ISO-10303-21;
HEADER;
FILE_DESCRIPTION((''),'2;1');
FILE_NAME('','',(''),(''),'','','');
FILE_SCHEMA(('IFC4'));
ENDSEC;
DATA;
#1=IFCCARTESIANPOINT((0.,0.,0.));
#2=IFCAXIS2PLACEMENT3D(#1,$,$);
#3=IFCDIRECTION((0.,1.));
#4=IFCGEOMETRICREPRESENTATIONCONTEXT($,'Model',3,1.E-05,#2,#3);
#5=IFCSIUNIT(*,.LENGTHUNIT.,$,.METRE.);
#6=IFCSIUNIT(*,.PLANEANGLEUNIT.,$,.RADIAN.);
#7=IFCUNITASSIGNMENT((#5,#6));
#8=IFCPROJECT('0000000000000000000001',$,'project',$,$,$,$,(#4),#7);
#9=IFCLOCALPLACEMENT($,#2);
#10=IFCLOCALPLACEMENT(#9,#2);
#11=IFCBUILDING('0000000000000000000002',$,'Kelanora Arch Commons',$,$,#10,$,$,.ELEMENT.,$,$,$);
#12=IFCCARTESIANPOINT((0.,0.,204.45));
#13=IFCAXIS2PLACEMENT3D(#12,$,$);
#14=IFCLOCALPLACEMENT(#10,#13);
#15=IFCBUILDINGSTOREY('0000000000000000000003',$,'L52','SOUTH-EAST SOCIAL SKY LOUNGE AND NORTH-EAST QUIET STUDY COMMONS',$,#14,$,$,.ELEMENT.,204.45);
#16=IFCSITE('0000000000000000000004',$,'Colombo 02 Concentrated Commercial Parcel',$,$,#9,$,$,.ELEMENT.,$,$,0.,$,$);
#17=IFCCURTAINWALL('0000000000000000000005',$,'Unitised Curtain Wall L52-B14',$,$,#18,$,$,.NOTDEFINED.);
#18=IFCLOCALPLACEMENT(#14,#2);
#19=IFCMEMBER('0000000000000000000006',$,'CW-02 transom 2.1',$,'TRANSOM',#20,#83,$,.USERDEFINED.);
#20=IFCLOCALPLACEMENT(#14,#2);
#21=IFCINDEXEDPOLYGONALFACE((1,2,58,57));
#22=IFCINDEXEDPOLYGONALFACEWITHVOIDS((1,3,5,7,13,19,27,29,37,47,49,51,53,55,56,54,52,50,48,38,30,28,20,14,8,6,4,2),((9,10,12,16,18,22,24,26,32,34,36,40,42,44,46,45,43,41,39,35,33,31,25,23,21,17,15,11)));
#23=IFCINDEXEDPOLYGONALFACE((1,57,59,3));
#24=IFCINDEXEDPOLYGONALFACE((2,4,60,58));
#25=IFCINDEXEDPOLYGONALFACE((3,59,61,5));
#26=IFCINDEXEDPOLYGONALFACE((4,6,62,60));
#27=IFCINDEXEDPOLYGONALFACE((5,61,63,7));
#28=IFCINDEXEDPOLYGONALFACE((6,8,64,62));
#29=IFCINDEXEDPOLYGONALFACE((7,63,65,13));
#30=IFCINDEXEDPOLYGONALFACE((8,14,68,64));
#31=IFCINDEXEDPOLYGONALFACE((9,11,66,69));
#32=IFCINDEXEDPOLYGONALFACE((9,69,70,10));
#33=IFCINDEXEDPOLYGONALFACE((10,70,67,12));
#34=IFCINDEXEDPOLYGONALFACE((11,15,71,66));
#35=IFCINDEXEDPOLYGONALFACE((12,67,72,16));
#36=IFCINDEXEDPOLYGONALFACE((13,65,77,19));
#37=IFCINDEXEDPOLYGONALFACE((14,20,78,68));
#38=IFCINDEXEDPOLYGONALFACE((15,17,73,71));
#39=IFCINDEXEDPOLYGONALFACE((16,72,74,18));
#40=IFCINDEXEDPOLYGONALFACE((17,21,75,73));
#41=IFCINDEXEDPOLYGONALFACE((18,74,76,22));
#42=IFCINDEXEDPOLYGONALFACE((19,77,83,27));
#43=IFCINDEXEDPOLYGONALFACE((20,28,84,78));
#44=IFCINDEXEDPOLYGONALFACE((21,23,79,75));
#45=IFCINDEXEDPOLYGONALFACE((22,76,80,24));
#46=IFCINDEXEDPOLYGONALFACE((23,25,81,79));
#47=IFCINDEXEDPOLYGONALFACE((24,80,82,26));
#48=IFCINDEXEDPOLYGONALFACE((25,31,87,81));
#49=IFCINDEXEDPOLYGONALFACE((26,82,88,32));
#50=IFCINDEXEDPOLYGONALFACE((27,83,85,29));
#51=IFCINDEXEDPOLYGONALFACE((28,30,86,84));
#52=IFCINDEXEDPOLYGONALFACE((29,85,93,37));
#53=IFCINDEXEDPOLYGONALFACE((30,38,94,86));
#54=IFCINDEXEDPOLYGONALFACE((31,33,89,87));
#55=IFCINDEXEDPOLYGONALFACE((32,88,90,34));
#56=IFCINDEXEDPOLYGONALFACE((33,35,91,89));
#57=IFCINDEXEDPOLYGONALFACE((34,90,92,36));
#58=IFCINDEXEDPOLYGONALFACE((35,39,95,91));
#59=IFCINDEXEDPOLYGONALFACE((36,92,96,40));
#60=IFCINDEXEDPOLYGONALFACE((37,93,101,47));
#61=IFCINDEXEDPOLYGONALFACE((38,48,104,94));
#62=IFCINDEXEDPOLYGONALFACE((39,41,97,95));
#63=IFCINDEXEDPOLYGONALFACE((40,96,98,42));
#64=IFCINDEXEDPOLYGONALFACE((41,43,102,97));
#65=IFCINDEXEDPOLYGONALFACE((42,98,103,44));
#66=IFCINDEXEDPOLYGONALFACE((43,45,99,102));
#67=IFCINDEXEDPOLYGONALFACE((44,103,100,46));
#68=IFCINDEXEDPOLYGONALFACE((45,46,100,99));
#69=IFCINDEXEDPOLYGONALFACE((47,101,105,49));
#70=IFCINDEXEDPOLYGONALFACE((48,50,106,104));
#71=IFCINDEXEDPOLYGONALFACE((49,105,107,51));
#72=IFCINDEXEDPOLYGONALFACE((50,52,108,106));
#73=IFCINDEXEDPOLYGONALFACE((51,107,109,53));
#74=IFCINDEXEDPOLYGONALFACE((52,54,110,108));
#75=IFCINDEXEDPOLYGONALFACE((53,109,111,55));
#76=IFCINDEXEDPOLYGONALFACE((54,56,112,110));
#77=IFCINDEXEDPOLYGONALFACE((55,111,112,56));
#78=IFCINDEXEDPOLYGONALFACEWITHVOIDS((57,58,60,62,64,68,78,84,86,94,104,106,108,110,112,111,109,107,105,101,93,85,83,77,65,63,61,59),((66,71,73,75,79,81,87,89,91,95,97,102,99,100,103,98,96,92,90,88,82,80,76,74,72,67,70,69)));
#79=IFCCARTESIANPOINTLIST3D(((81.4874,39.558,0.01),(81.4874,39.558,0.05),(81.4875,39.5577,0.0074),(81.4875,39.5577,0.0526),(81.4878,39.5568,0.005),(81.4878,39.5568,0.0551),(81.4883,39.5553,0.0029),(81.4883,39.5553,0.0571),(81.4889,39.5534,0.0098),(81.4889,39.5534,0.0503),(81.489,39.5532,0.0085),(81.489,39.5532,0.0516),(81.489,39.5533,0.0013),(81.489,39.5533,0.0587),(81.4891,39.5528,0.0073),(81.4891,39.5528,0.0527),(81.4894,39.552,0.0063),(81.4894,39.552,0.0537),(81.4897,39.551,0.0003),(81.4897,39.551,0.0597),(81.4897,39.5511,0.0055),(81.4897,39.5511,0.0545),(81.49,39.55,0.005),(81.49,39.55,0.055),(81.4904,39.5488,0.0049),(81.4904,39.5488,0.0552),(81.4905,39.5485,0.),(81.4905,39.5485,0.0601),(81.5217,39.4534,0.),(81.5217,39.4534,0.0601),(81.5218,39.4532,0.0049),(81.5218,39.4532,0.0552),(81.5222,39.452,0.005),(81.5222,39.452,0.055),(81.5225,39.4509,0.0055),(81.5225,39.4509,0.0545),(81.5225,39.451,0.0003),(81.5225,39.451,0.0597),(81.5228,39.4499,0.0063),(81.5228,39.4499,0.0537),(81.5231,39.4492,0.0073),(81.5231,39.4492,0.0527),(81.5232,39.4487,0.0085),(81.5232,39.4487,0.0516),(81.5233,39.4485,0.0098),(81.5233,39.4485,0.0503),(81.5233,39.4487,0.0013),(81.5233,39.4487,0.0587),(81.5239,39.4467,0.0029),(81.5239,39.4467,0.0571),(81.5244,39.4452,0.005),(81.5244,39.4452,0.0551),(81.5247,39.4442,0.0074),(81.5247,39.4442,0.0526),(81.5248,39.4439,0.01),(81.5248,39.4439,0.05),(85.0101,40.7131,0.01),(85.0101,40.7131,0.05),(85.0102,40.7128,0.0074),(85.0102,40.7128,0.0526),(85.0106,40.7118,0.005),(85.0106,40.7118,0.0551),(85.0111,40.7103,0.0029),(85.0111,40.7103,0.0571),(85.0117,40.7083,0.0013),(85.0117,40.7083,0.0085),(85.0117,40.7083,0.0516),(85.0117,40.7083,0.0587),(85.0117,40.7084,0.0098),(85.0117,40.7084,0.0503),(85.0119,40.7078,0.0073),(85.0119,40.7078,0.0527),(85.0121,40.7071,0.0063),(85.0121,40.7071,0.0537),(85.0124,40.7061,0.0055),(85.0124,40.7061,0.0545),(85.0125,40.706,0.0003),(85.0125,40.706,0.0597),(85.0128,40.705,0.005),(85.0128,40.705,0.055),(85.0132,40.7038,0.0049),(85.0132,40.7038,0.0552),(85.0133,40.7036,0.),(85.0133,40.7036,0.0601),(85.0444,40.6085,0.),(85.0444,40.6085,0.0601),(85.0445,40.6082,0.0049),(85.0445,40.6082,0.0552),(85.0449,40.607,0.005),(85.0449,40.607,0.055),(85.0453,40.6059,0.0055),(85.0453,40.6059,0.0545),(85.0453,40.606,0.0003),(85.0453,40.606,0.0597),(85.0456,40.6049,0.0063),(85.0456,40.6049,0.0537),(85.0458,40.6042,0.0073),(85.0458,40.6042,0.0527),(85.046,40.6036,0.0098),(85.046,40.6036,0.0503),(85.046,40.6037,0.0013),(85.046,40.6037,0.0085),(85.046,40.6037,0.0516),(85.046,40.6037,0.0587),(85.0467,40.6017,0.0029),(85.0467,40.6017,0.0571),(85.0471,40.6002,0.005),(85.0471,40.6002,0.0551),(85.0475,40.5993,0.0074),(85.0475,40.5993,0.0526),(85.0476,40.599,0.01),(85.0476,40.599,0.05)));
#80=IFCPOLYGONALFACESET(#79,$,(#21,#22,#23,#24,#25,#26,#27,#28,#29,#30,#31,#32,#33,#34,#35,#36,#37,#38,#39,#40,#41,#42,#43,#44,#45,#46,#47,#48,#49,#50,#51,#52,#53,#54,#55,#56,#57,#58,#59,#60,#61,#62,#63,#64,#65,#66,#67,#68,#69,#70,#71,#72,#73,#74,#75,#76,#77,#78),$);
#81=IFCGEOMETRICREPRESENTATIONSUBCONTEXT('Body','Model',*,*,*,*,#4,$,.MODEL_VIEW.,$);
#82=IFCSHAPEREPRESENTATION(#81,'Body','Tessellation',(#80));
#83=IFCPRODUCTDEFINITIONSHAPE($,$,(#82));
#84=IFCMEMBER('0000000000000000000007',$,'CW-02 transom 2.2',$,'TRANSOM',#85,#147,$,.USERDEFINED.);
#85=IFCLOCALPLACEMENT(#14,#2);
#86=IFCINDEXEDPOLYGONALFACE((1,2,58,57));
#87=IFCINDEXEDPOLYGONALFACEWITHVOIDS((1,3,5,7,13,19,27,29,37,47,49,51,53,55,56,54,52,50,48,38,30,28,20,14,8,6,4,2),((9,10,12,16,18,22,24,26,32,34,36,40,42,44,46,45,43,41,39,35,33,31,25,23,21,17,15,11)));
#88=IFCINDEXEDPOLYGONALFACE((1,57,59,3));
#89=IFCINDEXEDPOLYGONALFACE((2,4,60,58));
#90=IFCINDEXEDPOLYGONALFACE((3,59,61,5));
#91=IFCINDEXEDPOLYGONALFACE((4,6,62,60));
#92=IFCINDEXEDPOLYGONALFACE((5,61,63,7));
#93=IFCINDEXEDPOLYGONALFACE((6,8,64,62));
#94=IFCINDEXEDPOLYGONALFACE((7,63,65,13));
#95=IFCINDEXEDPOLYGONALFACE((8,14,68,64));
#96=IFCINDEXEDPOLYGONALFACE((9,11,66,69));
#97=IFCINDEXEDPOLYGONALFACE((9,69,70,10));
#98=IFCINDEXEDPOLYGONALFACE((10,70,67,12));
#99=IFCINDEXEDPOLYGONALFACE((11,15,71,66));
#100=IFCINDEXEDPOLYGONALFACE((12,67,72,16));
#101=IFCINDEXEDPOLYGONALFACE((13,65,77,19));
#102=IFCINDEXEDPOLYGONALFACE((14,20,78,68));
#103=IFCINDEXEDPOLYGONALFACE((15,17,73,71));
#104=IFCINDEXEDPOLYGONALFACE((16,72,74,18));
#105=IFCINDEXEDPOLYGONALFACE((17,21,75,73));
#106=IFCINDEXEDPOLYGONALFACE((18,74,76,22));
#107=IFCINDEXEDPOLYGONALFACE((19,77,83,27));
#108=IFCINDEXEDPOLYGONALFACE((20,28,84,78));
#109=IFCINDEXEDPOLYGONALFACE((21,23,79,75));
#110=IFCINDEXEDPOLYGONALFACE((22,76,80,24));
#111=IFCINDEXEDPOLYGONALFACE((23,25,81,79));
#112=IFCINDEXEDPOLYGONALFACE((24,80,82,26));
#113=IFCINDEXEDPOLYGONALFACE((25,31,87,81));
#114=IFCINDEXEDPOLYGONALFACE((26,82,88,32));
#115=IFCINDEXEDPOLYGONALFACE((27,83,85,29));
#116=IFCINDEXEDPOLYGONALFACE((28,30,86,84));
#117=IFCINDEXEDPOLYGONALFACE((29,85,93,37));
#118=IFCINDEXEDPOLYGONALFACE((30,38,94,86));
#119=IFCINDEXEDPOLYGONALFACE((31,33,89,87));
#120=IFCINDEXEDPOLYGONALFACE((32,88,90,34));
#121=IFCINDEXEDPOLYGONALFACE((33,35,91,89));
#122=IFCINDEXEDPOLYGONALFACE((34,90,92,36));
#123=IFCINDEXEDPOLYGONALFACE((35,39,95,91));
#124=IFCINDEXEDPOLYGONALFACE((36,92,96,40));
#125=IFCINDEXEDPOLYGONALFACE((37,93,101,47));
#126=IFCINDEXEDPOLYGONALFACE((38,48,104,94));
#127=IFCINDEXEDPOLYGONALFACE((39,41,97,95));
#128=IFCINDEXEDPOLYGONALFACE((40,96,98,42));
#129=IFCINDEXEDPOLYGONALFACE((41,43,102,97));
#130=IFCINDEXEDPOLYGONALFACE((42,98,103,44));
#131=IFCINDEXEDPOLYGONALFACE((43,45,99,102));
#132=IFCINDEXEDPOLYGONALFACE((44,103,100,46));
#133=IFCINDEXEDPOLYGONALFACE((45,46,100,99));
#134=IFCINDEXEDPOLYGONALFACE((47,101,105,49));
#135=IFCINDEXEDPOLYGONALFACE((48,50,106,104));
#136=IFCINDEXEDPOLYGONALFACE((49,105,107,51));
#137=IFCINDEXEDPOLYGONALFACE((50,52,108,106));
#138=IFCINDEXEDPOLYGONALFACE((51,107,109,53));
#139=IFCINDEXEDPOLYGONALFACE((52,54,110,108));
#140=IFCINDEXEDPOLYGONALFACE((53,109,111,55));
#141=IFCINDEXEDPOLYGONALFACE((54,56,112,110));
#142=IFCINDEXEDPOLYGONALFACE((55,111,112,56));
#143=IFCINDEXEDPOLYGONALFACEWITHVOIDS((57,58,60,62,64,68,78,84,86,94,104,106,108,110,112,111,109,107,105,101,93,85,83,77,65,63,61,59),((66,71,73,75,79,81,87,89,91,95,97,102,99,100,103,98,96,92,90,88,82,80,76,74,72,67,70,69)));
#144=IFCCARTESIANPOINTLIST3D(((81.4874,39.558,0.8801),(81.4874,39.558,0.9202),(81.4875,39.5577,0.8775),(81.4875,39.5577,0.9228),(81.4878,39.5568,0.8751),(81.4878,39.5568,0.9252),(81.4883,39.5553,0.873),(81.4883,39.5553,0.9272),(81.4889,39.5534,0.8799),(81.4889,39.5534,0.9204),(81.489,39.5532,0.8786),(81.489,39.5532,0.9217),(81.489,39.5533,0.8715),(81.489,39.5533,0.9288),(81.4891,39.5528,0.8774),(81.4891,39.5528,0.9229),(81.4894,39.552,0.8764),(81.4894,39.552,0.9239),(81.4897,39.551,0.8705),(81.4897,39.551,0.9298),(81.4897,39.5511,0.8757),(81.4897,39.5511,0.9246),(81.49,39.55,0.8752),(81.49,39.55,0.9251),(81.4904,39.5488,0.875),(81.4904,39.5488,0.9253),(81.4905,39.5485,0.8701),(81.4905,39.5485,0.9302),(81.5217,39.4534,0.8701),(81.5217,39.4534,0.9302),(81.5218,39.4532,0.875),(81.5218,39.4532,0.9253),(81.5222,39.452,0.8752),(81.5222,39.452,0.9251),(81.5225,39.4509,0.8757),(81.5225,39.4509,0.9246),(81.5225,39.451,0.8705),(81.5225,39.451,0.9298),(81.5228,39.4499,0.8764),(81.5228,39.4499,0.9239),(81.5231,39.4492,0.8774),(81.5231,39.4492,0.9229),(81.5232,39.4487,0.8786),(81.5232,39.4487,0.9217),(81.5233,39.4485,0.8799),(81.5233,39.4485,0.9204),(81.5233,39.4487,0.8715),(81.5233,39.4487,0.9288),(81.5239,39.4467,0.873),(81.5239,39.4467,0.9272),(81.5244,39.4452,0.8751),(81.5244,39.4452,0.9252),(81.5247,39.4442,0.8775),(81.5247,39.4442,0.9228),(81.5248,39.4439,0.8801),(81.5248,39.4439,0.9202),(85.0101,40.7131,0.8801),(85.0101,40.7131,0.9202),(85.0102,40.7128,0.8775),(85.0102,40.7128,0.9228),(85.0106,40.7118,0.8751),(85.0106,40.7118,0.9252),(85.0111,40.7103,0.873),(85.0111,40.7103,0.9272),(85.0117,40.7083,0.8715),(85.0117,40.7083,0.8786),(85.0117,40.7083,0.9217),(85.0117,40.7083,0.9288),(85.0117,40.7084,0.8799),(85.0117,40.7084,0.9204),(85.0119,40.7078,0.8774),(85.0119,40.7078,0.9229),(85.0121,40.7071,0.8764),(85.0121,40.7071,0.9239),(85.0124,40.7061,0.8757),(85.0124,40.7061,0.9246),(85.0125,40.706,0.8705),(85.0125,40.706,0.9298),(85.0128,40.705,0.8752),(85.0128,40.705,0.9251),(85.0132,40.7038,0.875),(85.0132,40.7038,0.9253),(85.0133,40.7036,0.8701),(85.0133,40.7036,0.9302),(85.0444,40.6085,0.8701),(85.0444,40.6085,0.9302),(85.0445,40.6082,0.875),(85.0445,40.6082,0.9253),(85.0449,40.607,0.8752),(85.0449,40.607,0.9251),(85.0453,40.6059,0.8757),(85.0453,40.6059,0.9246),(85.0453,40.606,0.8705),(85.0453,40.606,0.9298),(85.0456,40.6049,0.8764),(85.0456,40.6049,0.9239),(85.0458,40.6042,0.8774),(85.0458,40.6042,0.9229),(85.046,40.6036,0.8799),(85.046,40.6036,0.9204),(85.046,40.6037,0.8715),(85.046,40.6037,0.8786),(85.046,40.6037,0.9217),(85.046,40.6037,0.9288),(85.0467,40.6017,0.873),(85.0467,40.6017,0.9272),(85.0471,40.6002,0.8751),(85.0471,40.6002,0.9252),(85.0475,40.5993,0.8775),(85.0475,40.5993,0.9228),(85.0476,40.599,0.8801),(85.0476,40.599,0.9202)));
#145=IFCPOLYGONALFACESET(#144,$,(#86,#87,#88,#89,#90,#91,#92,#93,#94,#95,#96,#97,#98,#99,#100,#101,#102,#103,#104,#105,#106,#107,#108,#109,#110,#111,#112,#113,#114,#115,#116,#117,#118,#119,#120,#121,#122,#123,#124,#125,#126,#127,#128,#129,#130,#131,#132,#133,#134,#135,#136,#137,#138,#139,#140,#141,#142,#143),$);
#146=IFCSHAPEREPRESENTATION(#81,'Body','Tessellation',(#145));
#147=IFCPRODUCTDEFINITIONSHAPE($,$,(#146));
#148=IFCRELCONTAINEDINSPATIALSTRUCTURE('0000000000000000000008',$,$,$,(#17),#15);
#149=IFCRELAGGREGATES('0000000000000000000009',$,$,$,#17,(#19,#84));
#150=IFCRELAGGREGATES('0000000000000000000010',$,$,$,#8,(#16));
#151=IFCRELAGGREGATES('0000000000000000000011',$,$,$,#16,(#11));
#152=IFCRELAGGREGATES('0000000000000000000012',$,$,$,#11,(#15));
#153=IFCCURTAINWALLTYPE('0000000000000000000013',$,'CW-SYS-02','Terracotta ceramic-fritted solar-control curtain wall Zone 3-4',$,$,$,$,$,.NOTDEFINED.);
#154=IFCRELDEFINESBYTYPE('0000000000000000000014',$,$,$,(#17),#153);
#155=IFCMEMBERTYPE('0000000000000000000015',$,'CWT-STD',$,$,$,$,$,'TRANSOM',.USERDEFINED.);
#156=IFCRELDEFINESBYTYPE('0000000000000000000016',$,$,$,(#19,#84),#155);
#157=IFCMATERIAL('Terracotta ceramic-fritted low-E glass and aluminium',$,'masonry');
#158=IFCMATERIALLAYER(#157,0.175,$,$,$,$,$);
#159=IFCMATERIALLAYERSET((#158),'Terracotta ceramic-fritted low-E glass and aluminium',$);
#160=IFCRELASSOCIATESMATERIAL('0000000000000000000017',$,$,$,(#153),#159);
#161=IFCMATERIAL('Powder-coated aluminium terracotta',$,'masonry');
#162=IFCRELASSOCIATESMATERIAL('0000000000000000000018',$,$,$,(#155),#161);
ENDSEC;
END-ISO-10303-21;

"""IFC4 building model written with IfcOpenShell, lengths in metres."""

from ifc_helpers import new_model, si_unit, direction, frame, origin, origin_2d, place, context, subcontext, project, spatial, hollow_rectangle, extrude, material, layer, layer_set, material_profile, profile_set, type_object, element, aggregate, save


model = new_model("IFC4")

# Units and contexts
model_context = context("Model", 3, precision=1e-05, world=origin(), true_north=direction((0.0, 1.0)))
body_context = subcontext(model_context, "Body", "Model", "MODEL_VIEW")
ifc_project = project(units=[si_unit("LENGTHUNIT", "METRE"), si_unit("PLANEANGLEUNIT", "RADIAN")], contexts=[model_context])

# Site, building, storey
site_placement = place(None, origin())
site = spatial("IfcSite", under=ifc_project, at=site_placement, Name="Colombo 02 Concentrated Commercial Parcel", CompositionType="ELEMENT", RefElevation=0.0)
building_placement = place(site_placement, origin())
building = spatial("IfcBuilding", under=site, at=building_placement, Name="Kelanora Arch Commons", CompositionType="ELEMENT")
storey_placement = place(building_placement, frame((0.0, 0.0, 204.45)))
storey = spatial("IfcBuildingStorey", under=building, at=storey_placement, Name="L52", Description="SOUTH-EAST SOCIAL SKY LOUNGE AND NORTH-EAST QUIET STUDY COMMONS", CompositionType="ELEMENT", Elevation=204.45)

# Curtain wall, members
ifc_material_1 = material(Name="Terracotta ceramic-fritted low-E glass and aluminium", Category="masonry")
ifc_layer_1 = layer(ifc_material_1, 0.175)
ifc_layer_set_1 = layer_set([ifc_layer_1], Name="Terracotta ceramic-fritted low-E glass and aluminium")
curtain_wall_type = type_object("IfcCurtainWallType", Name="CW-SYS-02", Description="Terracotta ceramic-fritted solar-control curtain wall Zone 3-4", PredefinedType="NOTDEFINED", material=ifc_layer_set_1)
curtain_wall_placement = place(storey_placement, origin())
curtain_wall = element("IfcCurtainWall", 1, at=curtain_wall_placement, inside=storey, type_object=curtain_wall_type, Name="Unitised Curtain Wall L52-B14", PredefinedType="NOTDEFINED")
ifc_material_2 = material(Name="Powder-coated aluminium terracotta", Category="masonry")
ifc_material_profile_1 = material_profile(ifc_material_2, hollow_rectangle(XDim=0.1201, YDim=0.0601, WallThickness=0.0049, InnerFilletRadius=0.0049, OuterFilletRadius=0.01, at=origin_2d()), Name="CWT120x60")
ifc_profile_set_1 = profile_set([ifc_material_profile_1], Name="Powder-coated aluminium terracotta")
member_type_1 = type_object("IfcMemberType", Name="CWT-STD", ElementType="TRANSOM", PredefinedType="USERDEFINED", material=ifc_profile_set_1)
member_1_placement = place(storey_placement, frame((81.5061, 39.501, 0.03), z_axis=(0.950226, 0.311561, 0.0), x_axis=(-0.311561, 0.950226, 0.0)))
member_1 = element("IfcMember", 2, at=member_1_placement, type_object=member_type_1, Name="CW-02 transom 2.1", ObjectType="TRANSOM", PredefinedType="USERDEFINED", context=body_context, shape_type="SweptSolid", body=[
    extrude(hollow_rectangle(XDim=0.1201, YDim=0.0601, WallThickness=0.0049, InnerFilletRadius=0.0049, OuterFilletRadius=0.01, at=origin_2d()), origin(), (0.0, 0.0, 1.0), 3.7073),
])
member_2_placement = place(storey_placement, frame((81.5061, 39.501, 0.9001), z_axis=(0.950226, 0.311561, 0.0), x_axis=(-0.311561, 0.950226, 0.0)))
member_2 = element("IfcMember", 3, at=member_2_placement, type_object=member_type_1, Name="CW-02 transom 2.2", ObjectType="TRANSOM", PredefinedType="USERDEFINED", context=body_context, shape_type="SweptSolid", body=[
    extrude(hollow_rectangle(XDim=0.1201, YDim=0.0601, WallThickness=0.0049, InnerFilletRadius=0.0049, OuterFilletRadius=0.01, at=origin_2d()), origin(), (0.0, 0.0, 1.0), 3.7073),
])
aggregate(curtain_wall, [member_1, member_2])

save(model, "model.ifc")
